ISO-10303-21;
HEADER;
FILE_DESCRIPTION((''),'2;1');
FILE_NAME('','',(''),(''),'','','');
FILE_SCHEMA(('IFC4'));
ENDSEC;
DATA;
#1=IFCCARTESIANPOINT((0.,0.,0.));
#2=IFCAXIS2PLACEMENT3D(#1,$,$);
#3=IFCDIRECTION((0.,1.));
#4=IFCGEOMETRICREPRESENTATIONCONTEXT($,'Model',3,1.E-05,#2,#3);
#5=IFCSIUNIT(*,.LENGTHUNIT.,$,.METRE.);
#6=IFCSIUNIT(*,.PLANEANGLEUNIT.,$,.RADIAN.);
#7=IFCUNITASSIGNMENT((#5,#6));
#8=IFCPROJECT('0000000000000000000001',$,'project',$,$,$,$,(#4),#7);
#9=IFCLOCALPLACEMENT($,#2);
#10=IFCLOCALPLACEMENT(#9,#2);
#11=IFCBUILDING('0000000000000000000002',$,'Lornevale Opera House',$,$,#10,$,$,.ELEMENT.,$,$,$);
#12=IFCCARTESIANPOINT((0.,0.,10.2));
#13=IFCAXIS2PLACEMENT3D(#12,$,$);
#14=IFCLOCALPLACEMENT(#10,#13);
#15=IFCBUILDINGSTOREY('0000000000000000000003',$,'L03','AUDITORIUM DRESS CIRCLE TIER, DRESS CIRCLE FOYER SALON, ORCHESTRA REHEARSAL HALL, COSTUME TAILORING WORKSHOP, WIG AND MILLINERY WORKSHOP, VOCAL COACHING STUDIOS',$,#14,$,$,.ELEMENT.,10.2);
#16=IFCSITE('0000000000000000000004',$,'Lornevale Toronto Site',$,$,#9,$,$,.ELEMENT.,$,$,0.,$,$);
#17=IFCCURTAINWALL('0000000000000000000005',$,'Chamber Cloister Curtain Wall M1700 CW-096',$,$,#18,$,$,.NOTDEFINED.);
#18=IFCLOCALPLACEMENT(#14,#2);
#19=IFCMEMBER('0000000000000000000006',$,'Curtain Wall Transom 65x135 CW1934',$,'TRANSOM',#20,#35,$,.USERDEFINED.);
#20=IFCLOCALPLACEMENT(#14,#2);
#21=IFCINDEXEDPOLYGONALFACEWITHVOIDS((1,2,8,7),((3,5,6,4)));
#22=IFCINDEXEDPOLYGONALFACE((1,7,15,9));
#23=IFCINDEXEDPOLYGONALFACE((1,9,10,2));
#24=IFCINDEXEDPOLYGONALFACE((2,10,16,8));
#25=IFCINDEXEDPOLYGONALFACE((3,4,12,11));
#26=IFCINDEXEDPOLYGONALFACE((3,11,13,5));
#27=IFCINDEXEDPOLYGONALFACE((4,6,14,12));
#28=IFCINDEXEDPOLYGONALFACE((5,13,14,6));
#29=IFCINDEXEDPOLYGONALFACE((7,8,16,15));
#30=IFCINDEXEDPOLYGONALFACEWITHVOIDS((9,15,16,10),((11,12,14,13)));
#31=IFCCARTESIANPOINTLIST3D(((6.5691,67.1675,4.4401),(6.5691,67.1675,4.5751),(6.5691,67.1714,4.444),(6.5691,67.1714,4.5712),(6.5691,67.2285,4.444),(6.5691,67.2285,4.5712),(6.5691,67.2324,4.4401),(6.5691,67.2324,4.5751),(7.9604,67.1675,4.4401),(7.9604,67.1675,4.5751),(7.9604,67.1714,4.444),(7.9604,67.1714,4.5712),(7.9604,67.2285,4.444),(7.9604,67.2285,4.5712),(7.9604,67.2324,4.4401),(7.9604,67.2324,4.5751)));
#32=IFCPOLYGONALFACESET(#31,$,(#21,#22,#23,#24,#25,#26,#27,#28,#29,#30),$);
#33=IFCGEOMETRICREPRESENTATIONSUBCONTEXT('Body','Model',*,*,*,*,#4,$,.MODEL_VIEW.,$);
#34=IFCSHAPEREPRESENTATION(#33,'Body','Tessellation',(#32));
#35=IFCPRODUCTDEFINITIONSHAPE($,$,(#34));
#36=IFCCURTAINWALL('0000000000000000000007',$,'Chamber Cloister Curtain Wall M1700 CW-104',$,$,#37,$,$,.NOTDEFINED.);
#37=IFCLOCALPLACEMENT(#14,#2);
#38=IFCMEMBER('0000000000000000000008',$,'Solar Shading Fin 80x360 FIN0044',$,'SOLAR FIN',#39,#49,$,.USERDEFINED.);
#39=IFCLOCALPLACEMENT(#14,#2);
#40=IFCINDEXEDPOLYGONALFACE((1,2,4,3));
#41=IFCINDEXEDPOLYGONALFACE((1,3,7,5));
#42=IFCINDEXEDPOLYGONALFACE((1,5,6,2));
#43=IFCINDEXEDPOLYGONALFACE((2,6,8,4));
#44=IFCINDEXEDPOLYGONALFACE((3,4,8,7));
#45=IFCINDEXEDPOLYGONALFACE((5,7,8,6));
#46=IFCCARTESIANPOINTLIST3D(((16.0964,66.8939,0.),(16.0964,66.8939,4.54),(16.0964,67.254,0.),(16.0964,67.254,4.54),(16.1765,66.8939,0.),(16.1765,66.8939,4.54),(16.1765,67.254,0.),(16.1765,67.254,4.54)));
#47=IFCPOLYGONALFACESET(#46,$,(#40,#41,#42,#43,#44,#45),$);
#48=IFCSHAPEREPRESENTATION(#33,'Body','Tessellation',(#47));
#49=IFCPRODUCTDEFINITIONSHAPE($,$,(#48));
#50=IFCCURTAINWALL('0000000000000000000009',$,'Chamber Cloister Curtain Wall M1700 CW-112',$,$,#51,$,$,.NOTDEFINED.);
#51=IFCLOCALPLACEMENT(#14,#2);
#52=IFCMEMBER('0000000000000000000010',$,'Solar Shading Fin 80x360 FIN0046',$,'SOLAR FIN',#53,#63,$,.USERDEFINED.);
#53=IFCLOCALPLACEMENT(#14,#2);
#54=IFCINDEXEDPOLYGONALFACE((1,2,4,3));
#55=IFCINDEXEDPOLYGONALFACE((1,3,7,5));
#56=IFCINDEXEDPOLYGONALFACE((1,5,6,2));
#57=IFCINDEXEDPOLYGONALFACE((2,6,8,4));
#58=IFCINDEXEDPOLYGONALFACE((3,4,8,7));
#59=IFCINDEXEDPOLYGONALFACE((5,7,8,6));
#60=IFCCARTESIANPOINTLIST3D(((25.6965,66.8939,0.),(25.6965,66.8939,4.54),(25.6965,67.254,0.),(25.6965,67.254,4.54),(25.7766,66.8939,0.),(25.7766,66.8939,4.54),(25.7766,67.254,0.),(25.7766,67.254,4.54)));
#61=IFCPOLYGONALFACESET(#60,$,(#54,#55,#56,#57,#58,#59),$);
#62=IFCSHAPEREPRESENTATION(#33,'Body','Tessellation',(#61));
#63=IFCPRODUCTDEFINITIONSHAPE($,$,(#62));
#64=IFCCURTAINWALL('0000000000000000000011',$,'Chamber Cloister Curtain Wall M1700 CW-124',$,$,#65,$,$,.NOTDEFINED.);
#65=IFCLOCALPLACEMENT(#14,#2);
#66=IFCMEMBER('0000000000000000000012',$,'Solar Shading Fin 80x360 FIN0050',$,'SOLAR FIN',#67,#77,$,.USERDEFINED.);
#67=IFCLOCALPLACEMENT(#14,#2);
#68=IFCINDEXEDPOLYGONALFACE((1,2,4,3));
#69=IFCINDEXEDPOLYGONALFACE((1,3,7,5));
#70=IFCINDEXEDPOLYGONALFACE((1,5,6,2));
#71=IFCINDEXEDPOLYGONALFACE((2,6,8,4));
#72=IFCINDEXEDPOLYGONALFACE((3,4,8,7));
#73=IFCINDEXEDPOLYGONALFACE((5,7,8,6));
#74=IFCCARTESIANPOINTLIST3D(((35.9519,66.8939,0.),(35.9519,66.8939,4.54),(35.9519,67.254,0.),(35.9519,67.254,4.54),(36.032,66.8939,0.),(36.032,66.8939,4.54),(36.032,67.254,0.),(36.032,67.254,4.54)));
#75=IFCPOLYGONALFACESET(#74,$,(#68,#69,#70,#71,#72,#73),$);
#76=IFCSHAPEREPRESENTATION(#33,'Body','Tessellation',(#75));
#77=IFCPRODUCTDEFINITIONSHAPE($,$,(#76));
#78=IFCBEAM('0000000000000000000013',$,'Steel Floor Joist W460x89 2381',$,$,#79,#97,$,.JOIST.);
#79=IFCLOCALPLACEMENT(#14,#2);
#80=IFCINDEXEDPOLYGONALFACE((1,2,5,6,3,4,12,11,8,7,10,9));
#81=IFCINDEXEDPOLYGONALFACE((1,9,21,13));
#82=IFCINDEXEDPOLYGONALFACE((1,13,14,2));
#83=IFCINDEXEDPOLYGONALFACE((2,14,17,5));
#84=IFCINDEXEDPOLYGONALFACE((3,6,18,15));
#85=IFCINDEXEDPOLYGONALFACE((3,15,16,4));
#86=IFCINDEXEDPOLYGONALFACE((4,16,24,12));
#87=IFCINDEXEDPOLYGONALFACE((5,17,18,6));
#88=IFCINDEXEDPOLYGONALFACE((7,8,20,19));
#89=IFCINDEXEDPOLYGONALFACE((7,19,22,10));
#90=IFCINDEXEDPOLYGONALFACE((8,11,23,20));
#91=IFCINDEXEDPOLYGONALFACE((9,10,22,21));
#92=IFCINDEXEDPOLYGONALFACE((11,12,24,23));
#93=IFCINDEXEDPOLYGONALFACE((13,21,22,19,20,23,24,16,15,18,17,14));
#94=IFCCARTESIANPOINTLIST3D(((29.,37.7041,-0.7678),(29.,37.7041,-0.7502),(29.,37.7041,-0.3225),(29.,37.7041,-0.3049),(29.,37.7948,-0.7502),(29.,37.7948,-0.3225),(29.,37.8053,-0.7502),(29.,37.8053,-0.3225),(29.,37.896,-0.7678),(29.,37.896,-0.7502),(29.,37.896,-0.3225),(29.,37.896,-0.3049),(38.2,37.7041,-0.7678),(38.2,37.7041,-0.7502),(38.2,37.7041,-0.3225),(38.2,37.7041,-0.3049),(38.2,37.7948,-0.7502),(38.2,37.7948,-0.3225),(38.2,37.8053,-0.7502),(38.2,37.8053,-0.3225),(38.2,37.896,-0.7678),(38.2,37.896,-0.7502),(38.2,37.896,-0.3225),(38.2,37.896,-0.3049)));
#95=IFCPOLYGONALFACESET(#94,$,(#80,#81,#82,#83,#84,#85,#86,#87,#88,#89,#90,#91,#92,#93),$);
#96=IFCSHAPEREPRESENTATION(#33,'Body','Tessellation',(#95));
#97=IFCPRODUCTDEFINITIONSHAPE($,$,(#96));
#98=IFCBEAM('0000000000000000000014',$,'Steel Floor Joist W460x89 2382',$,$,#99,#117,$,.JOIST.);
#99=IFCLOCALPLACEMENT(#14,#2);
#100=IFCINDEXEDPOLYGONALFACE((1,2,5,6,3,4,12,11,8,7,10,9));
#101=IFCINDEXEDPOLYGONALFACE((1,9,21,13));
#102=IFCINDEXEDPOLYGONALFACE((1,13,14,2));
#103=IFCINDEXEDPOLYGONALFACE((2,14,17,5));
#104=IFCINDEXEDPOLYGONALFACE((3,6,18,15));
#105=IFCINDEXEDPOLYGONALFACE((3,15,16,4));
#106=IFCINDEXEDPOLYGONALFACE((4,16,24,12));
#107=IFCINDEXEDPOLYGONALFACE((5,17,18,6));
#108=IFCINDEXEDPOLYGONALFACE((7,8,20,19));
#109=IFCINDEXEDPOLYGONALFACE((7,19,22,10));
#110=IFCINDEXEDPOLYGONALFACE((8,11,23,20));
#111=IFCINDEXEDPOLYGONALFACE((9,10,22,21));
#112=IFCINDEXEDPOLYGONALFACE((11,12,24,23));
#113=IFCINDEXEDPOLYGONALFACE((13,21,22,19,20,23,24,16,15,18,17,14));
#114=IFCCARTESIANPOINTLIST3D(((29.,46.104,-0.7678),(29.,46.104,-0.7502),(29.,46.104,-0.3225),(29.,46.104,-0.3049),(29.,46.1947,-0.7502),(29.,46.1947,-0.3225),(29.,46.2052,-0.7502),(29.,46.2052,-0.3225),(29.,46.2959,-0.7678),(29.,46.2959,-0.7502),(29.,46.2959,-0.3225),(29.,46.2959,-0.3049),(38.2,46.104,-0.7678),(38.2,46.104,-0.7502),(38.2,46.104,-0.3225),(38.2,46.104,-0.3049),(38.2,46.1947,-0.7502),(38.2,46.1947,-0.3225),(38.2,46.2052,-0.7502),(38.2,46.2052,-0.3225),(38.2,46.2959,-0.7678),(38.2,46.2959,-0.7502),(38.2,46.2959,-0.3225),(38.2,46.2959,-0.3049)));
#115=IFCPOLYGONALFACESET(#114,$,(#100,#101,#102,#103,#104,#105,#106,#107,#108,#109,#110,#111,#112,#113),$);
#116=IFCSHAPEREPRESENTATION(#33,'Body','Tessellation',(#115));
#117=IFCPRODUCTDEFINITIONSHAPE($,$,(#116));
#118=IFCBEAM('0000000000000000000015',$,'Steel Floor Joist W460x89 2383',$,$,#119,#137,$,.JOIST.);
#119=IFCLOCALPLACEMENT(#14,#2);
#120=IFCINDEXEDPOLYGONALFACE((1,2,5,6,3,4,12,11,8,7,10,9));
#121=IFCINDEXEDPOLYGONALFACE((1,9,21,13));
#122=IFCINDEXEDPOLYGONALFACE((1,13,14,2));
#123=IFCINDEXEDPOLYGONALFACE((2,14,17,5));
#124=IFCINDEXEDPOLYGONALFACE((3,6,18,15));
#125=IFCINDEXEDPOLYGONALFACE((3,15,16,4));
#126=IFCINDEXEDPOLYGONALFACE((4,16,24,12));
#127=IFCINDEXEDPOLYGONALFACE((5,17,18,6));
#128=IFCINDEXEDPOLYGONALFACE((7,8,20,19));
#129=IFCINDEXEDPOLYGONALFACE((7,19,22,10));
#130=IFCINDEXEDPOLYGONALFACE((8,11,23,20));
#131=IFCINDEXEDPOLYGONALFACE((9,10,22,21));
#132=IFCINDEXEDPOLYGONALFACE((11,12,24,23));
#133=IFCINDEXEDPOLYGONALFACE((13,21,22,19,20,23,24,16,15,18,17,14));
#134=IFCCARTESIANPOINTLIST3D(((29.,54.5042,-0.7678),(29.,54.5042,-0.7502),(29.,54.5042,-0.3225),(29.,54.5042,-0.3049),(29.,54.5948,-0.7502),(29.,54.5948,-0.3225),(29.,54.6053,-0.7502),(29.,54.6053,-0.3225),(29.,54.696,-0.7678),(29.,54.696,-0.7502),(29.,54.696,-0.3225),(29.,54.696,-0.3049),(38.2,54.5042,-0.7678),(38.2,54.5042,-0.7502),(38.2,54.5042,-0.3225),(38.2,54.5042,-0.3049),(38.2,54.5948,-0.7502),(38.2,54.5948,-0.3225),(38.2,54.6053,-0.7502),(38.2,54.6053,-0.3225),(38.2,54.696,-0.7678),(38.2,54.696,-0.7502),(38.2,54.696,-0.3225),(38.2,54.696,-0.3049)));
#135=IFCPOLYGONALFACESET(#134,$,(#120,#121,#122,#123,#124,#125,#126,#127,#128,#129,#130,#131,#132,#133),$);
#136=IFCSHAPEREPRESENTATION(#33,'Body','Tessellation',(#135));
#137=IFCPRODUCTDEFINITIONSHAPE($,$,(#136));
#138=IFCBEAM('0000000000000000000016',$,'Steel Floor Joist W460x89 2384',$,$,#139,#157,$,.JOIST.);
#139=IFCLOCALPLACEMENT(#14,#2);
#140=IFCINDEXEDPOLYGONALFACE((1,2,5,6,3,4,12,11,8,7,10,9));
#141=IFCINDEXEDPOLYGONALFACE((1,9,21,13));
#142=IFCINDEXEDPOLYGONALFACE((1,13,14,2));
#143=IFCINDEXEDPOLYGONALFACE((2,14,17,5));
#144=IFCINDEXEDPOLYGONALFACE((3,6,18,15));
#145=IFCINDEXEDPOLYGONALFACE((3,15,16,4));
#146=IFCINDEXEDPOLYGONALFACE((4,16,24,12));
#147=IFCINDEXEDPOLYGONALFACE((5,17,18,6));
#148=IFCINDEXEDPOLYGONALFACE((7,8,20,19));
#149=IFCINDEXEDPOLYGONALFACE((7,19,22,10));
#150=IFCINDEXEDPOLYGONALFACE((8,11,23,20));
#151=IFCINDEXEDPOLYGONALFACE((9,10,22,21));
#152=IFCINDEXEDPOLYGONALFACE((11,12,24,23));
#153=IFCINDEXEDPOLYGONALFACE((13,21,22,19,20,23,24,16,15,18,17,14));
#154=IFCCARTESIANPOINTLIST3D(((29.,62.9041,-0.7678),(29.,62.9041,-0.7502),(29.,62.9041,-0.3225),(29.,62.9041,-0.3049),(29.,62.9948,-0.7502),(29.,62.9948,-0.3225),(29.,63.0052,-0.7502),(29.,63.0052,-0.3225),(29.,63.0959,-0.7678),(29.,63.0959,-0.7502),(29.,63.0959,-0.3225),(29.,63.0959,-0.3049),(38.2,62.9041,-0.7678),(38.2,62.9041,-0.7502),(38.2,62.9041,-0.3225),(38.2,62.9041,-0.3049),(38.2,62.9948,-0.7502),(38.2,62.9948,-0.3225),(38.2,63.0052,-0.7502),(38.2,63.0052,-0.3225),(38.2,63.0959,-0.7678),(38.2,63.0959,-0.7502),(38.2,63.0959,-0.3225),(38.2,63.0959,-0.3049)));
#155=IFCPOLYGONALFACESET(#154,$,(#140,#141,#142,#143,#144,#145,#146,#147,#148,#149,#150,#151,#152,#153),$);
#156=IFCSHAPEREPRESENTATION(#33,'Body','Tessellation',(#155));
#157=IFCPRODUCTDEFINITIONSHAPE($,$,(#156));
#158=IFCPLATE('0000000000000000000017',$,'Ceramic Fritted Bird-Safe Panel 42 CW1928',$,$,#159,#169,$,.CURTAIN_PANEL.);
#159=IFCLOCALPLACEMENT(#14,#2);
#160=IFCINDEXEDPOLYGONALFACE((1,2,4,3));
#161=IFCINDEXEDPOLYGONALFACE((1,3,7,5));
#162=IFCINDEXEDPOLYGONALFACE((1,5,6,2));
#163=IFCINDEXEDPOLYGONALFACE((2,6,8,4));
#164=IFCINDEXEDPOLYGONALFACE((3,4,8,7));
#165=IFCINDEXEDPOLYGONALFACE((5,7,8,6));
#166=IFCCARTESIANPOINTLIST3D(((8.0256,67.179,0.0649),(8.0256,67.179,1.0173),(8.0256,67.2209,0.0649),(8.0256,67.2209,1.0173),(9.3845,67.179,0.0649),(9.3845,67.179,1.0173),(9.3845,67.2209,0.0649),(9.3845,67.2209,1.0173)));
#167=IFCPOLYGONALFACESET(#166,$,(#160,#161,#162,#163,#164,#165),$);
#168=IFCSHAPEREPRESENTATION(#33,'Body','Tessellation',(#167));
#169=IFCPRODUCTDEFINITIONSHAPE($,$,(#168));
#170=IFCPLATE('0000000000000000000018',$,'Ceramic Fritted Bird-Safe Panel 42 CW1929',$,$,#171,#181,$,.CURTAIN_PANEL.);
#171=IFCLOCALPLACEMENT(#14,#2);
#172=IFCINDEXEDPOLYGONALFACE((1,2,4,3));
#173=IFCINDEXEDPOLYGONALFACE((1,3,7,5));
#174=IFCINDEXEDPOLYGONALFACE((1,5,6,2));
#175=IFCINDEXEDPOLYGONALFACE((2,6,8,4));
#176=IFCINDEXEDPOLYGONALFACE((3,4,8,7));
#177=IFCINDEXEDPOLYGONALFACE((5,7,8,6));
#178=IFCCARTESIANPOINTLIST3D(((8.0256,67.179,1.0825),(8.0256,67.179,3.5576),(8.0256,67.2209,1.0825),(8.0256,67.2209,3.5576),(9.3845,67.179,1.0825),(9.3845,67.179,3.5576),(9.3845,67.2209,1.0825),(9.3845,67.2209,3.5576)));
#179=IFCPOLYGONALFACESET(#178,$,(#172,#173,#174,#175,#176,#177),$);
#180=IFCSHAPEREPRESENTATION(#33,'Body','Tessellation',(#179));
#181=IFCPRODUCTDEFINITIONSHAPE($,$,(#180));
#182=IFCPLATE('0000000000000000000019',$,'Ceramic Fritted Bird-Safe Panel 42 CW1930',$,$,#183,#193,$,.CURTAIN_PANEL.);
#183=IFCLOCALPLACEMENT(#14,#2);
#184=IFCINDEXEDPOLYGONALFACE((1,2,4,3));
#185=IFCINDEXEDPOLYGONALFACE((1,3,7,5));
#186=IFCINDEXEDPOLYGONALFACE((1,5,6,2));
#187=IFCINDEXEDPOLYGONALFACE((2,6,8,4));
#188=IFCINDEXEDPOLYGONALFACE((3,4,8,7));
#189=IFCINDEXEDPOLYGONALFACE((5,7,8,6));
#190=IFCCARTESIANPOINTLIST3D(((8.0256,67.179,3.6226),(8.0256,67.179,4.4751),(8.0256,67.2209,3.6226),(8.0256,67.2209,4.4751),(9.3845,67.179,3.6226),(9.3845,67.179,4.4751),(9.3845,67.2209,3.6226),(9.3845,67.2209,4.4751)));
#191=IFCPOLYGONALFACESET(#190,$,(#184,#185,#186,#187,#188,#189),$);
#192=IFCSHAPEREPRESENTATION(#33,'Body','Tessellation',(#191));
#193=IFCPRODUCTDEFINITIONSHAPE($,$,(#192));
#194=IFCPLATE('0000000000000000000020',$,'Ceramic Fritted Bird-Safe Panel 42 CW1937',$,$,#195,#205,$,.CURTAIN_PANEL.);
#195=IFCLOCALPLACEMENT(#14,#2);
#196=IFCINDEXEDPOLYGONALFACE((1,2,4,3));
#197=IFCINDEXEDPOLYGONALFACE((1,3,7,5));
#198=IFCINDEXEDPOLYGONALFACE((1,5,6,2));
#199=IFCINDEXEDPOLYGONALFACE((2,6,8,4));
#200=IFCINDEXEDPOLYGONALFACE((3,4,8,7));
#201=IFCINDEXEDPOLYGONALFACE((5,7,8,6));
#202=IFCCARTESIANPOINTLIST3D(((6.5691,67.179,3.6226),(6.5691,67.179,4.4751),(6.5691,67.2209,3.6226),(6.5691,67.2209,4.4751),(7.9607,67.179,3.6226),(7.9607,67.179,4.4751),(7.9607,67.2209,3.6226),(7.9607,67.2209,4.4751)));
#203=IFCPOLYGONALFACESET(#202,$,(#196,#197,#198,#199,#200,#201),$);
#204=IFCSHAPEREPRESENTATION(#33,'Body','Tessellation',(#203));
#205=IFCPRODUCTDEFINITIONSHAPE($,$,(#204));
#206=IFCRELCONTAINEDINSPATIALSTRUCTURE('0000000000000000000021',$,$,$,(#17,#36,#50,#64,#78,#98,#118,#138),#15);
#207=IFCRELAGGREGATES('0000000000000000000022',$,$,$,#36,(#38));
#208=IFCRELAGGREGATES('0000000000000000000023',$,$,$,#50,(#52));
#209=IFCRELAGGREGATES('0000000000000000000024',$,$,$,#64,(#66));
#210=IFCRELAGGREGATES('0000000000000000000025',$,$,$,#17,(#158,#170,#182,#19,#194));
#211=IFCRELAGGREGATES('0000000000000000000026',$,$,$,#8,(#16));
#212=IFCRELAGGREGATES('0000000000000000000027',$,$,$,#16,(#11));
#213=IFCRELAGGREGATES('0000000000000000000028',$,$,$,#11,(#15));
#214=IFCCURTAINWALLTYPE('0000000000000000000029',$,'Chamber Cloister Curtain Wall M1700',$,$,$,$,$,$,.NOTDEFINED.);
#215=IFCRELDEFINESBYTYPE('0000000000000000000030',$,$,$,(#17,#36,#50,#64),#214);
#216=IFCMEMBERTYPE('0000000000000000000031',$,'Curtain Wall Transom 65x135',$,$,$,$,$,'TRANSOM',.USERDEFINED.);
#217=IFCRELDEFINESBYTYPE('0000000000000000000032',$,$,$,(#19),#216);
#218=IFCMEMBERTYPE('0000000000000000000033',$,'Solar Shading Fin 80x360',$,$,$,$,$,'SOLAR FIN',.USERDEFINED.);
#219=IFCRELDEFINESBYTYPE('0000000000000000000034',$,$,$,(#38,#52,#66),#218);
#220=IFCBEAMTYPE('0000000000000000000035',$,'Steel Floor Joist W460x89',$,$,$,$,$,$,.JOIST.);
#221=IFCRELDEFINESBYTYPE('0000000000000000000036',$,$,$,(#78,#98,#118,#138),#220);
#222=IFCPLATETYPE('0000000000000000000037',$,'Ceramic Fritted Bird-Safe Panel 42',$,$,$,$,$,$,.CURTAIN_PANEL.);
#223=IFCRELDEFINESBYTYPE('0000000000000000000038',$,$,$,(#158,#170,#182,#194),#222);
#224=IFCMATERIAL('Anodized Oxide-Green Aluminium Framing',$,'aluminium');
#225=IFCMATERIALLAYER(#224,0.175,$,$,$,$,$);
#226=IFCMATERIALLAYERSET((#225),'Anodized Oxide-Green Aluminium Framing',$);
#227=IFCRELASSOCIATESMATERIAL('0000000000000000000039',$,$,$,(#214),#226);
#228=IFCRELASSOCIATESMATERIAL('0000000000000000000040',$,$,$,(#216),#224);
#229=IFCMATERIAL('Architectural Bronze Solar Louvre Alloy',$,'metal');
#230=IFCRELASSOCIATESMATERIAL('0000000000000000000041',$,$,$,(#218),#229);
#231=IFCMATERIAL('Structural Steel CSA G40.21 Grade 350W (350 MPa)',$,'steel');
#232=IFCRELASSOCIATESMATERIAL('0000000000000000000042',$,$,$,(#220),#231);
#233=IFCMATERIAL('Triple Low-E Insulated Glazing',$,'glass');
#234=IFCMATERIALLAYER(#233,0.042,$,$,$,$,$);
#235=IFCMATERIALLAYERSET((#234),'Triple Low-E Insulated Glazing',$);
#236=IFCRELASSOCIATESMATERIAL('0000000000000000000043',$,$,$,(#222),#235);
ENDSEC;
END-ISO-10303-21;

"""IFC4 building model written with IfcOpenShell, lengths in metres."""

from ifc_helpers import new_model, si_unit, direction, frame, origin, origin_2d, place, context, subcontext, project, spatial, rectangle, hollow_rectangle, i_section, extrude, material, layer, layer_set, material_profile, profile_set, type_object, element, aggregate, save


model = new_model("IFC4")

# Units and contexts
model_context = context("Model", 3, precision=1e-05, world=origin(), true_north=direction((0.0, 1.0)))
body_context = subcontext(model_context, "Body", "Model", "MODEL_VIEW")
ifc_project = project(units=[si_unit("LENGTHUNIT", "METRE"), si_unit("PLANEANGLEUNIT", "RADIAN")], contexts=[model_context])

# Site, building, storey
site_placement = place(None, origin())
site = spatial("IfcSite", under=ifc_project, at=site_placement, Name="Lornevale Toronto Site", CompositionType="ELEMENT", RefElevation=0.0)
building_placement = place(site_placement, origin())
building = spatial("IfcBuilding", under=site, at=building_placement, Name="Lornevale Opera House", CompositionType="ELEMENT")
storey_placement = place(building_placement, frame((0.0, 0.0, 10.2)))
storey = spatial("IfcBuildingStorey", under=building, at=storey_placement, Name="L03", Description="AUDITORIUM DRESS CIRCLE TIER, DRESS CIRCLE FOYER SALON, ORCHESTRA REHEARSAL HALL, COSTUME TAILORING WORKSHOP, WIG AND MILLINERY WORKSHOP, VOCAL COACHING STUDIOS", CompositionType="ELEMENT", Elevation=10.2)

# Shared definitions
ifc_material_1 = material(Name="Structural Steel CSA G40.21 Grade 350W (350 MPa)", Category="steel")

# Curtain wall, member
ifc_material_2 = material(Name="Anodized Oxide-Green Aluminium Framing", Category="aluminium")
ifc_layer_1 = layer(ifc_material_2, 0.175)
ifc_layer_set_1 = layer_set([ifc_layer_1], Name="Anodized Oxide-Green Aluminium Framing")
curtain_wall_type = type_object("IfcCurtainWallType", Name="Chamber Cloister Curtain Wall M1700", PredefinedType="NOTDEFINED", material=ifc_layer_set_1)
curtain_wall_1_placement = place(storey_placement, origin())
curtain_wall_1 = element("IfcCurtainWall", 1, at=curtain_wall_1_placement, inside=storey, type_object=curtain_wall_type, Name="Chamber Cloister Curtain Wall M1700 CW-096", PredefinedType="NOTDEFINED")
ifc_material_profile_1 = material_profile(ifc_material_2, hollow_rectangle(XDim=0.0649, YDim=0.135, WallThickness=0.0039, at=origin_2d()), Name="ALU65x135x4")
ifc_profile_set_1 = profile_set([ifc_material_profile_1], Name="Anodized Oxide-Green Aluminium Framing")
member_type_1 = type_object("IfcMemberType", Name="Curtain Wall Transom 65x135", ElementType="TRANSOM", PredefinedType="USERDEFINED", material=ifc_profile_set_1)
member_1_placement = place(storey_placement, frame((7.9604, 67.2, 4.5076), z_axis=(-1.0, 0.0, 0.0), x_axis=(0.0, -1.0, 0.0)))
member_1 = element("IfcMember", 2, at=member_1_placement, type_object=member_type_1, Name="Curtain Wall Transom 65x135 CW1934", ObjectType="TRANSOM", PredefinedType="USERDEFINED", context=body_context, shape_type="SweptSolid", body=[
    extrude(hollow_rectangle(XDim=0.0649, YDim=0.135, WallThickness=0.0039, at=origin_2d()), origin(), (0.0, 0.0, 1.0), 1.3914),
])

# Curtain walls, members
curtain_wall_2_placement = place(storey_placement, origin())
curtain_wall_2 = element("IfcCurtainWall", 3, at=curtain_wall_2_placement, inside=storey, type_object=curtain_wall_type, Name="Chamber Cloister Curtain Wall M1700 CW-104", PredefinedType="NOTDEFINED")
ifc_material_3 = material(Name="Architectural Bronze Solar Louvre Alloy", Category="metal")
ifc_material_profile_2 = material_profile(ifc_material_3, rectangle(XDim=0.0801, YDim=0.3601, at=origin_2d()), Name="FIN80x360")
ifc_profile_set_2 = profile_set([ifc_material_profile_2], Name="Architectural Bronze Solar Louvre Alloy")
member_type_2 = type_object("IfcMemberType", Name="Solar Shading Fin 80x360", ElementType="SOLAR FIN", PredefinedType="USERDEFINED", material=ifc_profile_set_2)
member_2_placement = place(storey_placement, frame((16.1365, 67.074, 0.0), z_axis=(0.0, 0.0, 1.0), x_axis=(-1.0, 0.0, 0.0)))
member_2 = element("IfcMember", 4, at=member_2_placement, type_object=member_type_2, Name="Solar Shading Fin 80x360 FIN0044", ObjectType="SOLAR FIN", PredefinedType="USERDEFINED", context=body_context, shape_type="SweptSolid", body=[
    extrude(rectangle(XDim=0.0801, YDim=0.3601, at=origin_2d()), origin(), (0.0, 0.0, 1.0), 4.54),
])
aggregate(curtain_wall_2, [member_2])
curtain_wall_3_placement = place(storey_placement, origin())
curtain_wall_3 = element("IfcCurtainWall", 5, at=curtain_wall_3_placement, inside=storey, type_object=curtain_wall_type, Name="Chamber Cloister Curtain Wall M1700 CW-112", PredefinedType="NOTDEFINED")
member_3_placement = place(storey_placement, frame((25.7366, 67.074, 0.0), z_axis=(0.0, 0.0, 1.0), x_axis=(-1.0, 0.0, 0.0)))
member_3 = element("IfcMember", 6, at=member_3_placement, type_object=member_type_2, Name="Solar Shading Fin 80x360 FIN0046", ObjectType="SOLAR FIN", PredefinedType="USERDEFINED", context=body_context, shape_type="SweptSolid", body=[
    extrude(rectangle(XDim=0.0801, YDim=0.3601, at=origin_2d()), origin(), (0.0, 0.0, 1.0), 4.54),
])
aggregate(curtain_wall_3, [member_3])
curtain_wall_4_placement = place(storey_placement, origin())
curtain_wall_4 = element("IfcCurtainWall", 7, at=curtain_wall_4_placement, inside=storey, type_object=curtain_wall_type, Name="Chamber Cloister Curtain Wall M1700 CW-124", PredefinedType="NOTDEFINED")
member_4_placement = place(storey_placement, frame((35.9919, 67.074, 0.0), z_axis=(0.0, 0.0, 1.0), x_axis=(-1.0, 0.0, 0.0)))
member_4 = element("IfcMember", 8, at=member_4_placement, type_object=member_type_2, Name="Solar Shading Fin 80x360 FIN0050", ObjectType="SOLAR FIN", PredefinedType="USERDEFINED", context=body_context, shape_type="SweptSolid", body=[
    extrude(rectangle(XDim=0.0801, YDim=0.3601, at=origin_2d()), origin(), (0.0, 0.0, 1.0), 4.54),
])
aggregate(curtain_wall_4, [member_4])

# Beams
ifc_material_profile_3 = material_profile(ifc_material_1, i_section(OverallWidth=0.1919, OverallDepth=0.4629, WebThickness=0.0105, FlangeThickness=0.0176, at=origin_2d()), Name="W460x89")
ifc_profile_set_3 = profile_set([ifc_material_profile_3], Name="Structural Steel CSA G40.21 Grade 350W (350 MPa)")
beam_type_1 = type_object("IfcBeamType", Name="Steel Floor Joist W460x89", PredefinedType="JOIST", material=ifc_profile_set_3)
for number, where, z_axis, x_axis, name in (
    (9, (29.0, 37.8, -0.5364), (1.0, 0.0, 0.0), (0.0, 1.0, 0.0), "Steel Floor Joist W460x89 2381"),
    (10, (29.0, 46.2, -0.5364), (1.0, 0.0, 0.0), (0.0, 1.0, 0.0), "Steel Floor Joist W460x89 2382"),
    (11, (29.0, 54.6001, -0.5364), (1.0, 0.0, 0.0), (0.0, 1.0, 0.0), "Steel Floor Joist W460x89 2383"),
    (12, (29.0, 63.0, -0.5364), (1.0, 0.0, 0.0), (0.0, 1.0, 0.0), "Steel Floor Joist W460x89 2384"),
):
    element("IfcBeam", number, at=place(storey_placement, frame(where, z_axis=z_axis, x_axis=x_axis)), inside=storey, type_object=beam_type_1, Name=name, PredefinedType="JOIST", context=body_context, shape_type="SweptSolid", body=[
        extrude(i_section(OverallWidth=0.1919, OverallDepth=0.4629, WebThickness=0.0105, FlangeThickness=0.0176, at=origin_2d()), origin(), (0.0, 0.0, 1.0), 9.2),
    ])

# Plates
ifc_material_4 = material(Name="Triple Low-E Insulated Glazing", Category="glass")
ifc_layer_2 = layer(ifc_material_4, 0.042)
ifc_layer_set_2 = layer_set([ifc_layer_2], Name="Triple Low-E Insulated Glazing")
plate_type = type_object("IfcPlateType", Name="Ceramic Fritted Bird-Safe Panel 42", PredefinedType="CURTAIN_PANEL", material=ifc_layer_set_2)
plate_1_placement = place(storey_placement, frame((8.7051, 67.2, 0.0649), z_axis=(0.0, 0.0, 1.0), x_axis=(-1.0, 0.0, 0.0)))
plate_1 = element("IfcPlate", 13, at=plate_1_placement, type_object=plate_type, Name="Ceramic Fritted Bird-Safe Panel 42 CW1928", PredefinedType="CURTAIN_PANEL", context=body_context, shape_type="SweptSolid", body=[
    extrude(rectangle(XDim=1.3589, YDim=0.042, at=origin_2d()), origin(), (0.0, 0.0, 1.0), 0.9524),
])
plate_2_placement = place(storey_placement, frame((8.7051, 67.2, 1.0825), z_axis=(0.0, 0.0, 1.0), x_axis=(-1.0, 0.0, 0.0)))
plate_2 = element("IfcPlate", 14, at=plate_2_placement, type_object=plate_type, Name="Ceramic Fritted Bird-Safe Panel 42 CW1929", PredefinedType="CURTAIN_PANEL", context=body_context, shape_type="SweptSolid", body=[
    extrude(rectangle(XDim=1.3589, YDim=0.042, at=origin_2d()), origin(), (0.0, 0.0, 1.0), 2.4751),
])
plate_3_placement = place(storey_placement, frame((8.7051, 67.2, 3.6226), z_axis=(0.0, 0.0, 1.0), x_axis=(-1.0, 0.0, 0.0)))
plate_3 = element("IfcPlate", 15, at=plate_3_placement, type_object=plate_type, Name="Ceramic Fritted Bird-Safe Panel 42 CW1930", PredefinedType="CURTAIN_PANEL", context=body_context, shape_type="SweptSolid", body=[
    extrude(rectangle(XDim=1.3589, YDim=0.042, at=origin_2d()), origin(), (0.0, 0.0, 1.0), 0.8525),
])
plate_4_placement = place(storey_placement, frame((7.2649, 67.2, 3.6226), z_axis=(0.0, 0.0, 1.0), x_axis=(-1.0, 0.0, 0.0)))
plate_4 = element("IfcPlate", 16, at=plate_4_placement, type_object=plate_type, Name="Ceramic Fritted Bird-Safe Panel 42 CW1937", PredefinedType="CURTAIN_PANEL", context=body_context, shape_type="SweptSolid", body=[
    extrude(rectangle(XDim=1.3916, YDim=0.042, at=origin_2d()), origin(), (0.0, 0.0, 1.0), 0.8525),
])
aggregate(curtain_wall_1, [plate_1, plate_2, plate_3, member_1, plate_4])

save(model, "model.ifc")
